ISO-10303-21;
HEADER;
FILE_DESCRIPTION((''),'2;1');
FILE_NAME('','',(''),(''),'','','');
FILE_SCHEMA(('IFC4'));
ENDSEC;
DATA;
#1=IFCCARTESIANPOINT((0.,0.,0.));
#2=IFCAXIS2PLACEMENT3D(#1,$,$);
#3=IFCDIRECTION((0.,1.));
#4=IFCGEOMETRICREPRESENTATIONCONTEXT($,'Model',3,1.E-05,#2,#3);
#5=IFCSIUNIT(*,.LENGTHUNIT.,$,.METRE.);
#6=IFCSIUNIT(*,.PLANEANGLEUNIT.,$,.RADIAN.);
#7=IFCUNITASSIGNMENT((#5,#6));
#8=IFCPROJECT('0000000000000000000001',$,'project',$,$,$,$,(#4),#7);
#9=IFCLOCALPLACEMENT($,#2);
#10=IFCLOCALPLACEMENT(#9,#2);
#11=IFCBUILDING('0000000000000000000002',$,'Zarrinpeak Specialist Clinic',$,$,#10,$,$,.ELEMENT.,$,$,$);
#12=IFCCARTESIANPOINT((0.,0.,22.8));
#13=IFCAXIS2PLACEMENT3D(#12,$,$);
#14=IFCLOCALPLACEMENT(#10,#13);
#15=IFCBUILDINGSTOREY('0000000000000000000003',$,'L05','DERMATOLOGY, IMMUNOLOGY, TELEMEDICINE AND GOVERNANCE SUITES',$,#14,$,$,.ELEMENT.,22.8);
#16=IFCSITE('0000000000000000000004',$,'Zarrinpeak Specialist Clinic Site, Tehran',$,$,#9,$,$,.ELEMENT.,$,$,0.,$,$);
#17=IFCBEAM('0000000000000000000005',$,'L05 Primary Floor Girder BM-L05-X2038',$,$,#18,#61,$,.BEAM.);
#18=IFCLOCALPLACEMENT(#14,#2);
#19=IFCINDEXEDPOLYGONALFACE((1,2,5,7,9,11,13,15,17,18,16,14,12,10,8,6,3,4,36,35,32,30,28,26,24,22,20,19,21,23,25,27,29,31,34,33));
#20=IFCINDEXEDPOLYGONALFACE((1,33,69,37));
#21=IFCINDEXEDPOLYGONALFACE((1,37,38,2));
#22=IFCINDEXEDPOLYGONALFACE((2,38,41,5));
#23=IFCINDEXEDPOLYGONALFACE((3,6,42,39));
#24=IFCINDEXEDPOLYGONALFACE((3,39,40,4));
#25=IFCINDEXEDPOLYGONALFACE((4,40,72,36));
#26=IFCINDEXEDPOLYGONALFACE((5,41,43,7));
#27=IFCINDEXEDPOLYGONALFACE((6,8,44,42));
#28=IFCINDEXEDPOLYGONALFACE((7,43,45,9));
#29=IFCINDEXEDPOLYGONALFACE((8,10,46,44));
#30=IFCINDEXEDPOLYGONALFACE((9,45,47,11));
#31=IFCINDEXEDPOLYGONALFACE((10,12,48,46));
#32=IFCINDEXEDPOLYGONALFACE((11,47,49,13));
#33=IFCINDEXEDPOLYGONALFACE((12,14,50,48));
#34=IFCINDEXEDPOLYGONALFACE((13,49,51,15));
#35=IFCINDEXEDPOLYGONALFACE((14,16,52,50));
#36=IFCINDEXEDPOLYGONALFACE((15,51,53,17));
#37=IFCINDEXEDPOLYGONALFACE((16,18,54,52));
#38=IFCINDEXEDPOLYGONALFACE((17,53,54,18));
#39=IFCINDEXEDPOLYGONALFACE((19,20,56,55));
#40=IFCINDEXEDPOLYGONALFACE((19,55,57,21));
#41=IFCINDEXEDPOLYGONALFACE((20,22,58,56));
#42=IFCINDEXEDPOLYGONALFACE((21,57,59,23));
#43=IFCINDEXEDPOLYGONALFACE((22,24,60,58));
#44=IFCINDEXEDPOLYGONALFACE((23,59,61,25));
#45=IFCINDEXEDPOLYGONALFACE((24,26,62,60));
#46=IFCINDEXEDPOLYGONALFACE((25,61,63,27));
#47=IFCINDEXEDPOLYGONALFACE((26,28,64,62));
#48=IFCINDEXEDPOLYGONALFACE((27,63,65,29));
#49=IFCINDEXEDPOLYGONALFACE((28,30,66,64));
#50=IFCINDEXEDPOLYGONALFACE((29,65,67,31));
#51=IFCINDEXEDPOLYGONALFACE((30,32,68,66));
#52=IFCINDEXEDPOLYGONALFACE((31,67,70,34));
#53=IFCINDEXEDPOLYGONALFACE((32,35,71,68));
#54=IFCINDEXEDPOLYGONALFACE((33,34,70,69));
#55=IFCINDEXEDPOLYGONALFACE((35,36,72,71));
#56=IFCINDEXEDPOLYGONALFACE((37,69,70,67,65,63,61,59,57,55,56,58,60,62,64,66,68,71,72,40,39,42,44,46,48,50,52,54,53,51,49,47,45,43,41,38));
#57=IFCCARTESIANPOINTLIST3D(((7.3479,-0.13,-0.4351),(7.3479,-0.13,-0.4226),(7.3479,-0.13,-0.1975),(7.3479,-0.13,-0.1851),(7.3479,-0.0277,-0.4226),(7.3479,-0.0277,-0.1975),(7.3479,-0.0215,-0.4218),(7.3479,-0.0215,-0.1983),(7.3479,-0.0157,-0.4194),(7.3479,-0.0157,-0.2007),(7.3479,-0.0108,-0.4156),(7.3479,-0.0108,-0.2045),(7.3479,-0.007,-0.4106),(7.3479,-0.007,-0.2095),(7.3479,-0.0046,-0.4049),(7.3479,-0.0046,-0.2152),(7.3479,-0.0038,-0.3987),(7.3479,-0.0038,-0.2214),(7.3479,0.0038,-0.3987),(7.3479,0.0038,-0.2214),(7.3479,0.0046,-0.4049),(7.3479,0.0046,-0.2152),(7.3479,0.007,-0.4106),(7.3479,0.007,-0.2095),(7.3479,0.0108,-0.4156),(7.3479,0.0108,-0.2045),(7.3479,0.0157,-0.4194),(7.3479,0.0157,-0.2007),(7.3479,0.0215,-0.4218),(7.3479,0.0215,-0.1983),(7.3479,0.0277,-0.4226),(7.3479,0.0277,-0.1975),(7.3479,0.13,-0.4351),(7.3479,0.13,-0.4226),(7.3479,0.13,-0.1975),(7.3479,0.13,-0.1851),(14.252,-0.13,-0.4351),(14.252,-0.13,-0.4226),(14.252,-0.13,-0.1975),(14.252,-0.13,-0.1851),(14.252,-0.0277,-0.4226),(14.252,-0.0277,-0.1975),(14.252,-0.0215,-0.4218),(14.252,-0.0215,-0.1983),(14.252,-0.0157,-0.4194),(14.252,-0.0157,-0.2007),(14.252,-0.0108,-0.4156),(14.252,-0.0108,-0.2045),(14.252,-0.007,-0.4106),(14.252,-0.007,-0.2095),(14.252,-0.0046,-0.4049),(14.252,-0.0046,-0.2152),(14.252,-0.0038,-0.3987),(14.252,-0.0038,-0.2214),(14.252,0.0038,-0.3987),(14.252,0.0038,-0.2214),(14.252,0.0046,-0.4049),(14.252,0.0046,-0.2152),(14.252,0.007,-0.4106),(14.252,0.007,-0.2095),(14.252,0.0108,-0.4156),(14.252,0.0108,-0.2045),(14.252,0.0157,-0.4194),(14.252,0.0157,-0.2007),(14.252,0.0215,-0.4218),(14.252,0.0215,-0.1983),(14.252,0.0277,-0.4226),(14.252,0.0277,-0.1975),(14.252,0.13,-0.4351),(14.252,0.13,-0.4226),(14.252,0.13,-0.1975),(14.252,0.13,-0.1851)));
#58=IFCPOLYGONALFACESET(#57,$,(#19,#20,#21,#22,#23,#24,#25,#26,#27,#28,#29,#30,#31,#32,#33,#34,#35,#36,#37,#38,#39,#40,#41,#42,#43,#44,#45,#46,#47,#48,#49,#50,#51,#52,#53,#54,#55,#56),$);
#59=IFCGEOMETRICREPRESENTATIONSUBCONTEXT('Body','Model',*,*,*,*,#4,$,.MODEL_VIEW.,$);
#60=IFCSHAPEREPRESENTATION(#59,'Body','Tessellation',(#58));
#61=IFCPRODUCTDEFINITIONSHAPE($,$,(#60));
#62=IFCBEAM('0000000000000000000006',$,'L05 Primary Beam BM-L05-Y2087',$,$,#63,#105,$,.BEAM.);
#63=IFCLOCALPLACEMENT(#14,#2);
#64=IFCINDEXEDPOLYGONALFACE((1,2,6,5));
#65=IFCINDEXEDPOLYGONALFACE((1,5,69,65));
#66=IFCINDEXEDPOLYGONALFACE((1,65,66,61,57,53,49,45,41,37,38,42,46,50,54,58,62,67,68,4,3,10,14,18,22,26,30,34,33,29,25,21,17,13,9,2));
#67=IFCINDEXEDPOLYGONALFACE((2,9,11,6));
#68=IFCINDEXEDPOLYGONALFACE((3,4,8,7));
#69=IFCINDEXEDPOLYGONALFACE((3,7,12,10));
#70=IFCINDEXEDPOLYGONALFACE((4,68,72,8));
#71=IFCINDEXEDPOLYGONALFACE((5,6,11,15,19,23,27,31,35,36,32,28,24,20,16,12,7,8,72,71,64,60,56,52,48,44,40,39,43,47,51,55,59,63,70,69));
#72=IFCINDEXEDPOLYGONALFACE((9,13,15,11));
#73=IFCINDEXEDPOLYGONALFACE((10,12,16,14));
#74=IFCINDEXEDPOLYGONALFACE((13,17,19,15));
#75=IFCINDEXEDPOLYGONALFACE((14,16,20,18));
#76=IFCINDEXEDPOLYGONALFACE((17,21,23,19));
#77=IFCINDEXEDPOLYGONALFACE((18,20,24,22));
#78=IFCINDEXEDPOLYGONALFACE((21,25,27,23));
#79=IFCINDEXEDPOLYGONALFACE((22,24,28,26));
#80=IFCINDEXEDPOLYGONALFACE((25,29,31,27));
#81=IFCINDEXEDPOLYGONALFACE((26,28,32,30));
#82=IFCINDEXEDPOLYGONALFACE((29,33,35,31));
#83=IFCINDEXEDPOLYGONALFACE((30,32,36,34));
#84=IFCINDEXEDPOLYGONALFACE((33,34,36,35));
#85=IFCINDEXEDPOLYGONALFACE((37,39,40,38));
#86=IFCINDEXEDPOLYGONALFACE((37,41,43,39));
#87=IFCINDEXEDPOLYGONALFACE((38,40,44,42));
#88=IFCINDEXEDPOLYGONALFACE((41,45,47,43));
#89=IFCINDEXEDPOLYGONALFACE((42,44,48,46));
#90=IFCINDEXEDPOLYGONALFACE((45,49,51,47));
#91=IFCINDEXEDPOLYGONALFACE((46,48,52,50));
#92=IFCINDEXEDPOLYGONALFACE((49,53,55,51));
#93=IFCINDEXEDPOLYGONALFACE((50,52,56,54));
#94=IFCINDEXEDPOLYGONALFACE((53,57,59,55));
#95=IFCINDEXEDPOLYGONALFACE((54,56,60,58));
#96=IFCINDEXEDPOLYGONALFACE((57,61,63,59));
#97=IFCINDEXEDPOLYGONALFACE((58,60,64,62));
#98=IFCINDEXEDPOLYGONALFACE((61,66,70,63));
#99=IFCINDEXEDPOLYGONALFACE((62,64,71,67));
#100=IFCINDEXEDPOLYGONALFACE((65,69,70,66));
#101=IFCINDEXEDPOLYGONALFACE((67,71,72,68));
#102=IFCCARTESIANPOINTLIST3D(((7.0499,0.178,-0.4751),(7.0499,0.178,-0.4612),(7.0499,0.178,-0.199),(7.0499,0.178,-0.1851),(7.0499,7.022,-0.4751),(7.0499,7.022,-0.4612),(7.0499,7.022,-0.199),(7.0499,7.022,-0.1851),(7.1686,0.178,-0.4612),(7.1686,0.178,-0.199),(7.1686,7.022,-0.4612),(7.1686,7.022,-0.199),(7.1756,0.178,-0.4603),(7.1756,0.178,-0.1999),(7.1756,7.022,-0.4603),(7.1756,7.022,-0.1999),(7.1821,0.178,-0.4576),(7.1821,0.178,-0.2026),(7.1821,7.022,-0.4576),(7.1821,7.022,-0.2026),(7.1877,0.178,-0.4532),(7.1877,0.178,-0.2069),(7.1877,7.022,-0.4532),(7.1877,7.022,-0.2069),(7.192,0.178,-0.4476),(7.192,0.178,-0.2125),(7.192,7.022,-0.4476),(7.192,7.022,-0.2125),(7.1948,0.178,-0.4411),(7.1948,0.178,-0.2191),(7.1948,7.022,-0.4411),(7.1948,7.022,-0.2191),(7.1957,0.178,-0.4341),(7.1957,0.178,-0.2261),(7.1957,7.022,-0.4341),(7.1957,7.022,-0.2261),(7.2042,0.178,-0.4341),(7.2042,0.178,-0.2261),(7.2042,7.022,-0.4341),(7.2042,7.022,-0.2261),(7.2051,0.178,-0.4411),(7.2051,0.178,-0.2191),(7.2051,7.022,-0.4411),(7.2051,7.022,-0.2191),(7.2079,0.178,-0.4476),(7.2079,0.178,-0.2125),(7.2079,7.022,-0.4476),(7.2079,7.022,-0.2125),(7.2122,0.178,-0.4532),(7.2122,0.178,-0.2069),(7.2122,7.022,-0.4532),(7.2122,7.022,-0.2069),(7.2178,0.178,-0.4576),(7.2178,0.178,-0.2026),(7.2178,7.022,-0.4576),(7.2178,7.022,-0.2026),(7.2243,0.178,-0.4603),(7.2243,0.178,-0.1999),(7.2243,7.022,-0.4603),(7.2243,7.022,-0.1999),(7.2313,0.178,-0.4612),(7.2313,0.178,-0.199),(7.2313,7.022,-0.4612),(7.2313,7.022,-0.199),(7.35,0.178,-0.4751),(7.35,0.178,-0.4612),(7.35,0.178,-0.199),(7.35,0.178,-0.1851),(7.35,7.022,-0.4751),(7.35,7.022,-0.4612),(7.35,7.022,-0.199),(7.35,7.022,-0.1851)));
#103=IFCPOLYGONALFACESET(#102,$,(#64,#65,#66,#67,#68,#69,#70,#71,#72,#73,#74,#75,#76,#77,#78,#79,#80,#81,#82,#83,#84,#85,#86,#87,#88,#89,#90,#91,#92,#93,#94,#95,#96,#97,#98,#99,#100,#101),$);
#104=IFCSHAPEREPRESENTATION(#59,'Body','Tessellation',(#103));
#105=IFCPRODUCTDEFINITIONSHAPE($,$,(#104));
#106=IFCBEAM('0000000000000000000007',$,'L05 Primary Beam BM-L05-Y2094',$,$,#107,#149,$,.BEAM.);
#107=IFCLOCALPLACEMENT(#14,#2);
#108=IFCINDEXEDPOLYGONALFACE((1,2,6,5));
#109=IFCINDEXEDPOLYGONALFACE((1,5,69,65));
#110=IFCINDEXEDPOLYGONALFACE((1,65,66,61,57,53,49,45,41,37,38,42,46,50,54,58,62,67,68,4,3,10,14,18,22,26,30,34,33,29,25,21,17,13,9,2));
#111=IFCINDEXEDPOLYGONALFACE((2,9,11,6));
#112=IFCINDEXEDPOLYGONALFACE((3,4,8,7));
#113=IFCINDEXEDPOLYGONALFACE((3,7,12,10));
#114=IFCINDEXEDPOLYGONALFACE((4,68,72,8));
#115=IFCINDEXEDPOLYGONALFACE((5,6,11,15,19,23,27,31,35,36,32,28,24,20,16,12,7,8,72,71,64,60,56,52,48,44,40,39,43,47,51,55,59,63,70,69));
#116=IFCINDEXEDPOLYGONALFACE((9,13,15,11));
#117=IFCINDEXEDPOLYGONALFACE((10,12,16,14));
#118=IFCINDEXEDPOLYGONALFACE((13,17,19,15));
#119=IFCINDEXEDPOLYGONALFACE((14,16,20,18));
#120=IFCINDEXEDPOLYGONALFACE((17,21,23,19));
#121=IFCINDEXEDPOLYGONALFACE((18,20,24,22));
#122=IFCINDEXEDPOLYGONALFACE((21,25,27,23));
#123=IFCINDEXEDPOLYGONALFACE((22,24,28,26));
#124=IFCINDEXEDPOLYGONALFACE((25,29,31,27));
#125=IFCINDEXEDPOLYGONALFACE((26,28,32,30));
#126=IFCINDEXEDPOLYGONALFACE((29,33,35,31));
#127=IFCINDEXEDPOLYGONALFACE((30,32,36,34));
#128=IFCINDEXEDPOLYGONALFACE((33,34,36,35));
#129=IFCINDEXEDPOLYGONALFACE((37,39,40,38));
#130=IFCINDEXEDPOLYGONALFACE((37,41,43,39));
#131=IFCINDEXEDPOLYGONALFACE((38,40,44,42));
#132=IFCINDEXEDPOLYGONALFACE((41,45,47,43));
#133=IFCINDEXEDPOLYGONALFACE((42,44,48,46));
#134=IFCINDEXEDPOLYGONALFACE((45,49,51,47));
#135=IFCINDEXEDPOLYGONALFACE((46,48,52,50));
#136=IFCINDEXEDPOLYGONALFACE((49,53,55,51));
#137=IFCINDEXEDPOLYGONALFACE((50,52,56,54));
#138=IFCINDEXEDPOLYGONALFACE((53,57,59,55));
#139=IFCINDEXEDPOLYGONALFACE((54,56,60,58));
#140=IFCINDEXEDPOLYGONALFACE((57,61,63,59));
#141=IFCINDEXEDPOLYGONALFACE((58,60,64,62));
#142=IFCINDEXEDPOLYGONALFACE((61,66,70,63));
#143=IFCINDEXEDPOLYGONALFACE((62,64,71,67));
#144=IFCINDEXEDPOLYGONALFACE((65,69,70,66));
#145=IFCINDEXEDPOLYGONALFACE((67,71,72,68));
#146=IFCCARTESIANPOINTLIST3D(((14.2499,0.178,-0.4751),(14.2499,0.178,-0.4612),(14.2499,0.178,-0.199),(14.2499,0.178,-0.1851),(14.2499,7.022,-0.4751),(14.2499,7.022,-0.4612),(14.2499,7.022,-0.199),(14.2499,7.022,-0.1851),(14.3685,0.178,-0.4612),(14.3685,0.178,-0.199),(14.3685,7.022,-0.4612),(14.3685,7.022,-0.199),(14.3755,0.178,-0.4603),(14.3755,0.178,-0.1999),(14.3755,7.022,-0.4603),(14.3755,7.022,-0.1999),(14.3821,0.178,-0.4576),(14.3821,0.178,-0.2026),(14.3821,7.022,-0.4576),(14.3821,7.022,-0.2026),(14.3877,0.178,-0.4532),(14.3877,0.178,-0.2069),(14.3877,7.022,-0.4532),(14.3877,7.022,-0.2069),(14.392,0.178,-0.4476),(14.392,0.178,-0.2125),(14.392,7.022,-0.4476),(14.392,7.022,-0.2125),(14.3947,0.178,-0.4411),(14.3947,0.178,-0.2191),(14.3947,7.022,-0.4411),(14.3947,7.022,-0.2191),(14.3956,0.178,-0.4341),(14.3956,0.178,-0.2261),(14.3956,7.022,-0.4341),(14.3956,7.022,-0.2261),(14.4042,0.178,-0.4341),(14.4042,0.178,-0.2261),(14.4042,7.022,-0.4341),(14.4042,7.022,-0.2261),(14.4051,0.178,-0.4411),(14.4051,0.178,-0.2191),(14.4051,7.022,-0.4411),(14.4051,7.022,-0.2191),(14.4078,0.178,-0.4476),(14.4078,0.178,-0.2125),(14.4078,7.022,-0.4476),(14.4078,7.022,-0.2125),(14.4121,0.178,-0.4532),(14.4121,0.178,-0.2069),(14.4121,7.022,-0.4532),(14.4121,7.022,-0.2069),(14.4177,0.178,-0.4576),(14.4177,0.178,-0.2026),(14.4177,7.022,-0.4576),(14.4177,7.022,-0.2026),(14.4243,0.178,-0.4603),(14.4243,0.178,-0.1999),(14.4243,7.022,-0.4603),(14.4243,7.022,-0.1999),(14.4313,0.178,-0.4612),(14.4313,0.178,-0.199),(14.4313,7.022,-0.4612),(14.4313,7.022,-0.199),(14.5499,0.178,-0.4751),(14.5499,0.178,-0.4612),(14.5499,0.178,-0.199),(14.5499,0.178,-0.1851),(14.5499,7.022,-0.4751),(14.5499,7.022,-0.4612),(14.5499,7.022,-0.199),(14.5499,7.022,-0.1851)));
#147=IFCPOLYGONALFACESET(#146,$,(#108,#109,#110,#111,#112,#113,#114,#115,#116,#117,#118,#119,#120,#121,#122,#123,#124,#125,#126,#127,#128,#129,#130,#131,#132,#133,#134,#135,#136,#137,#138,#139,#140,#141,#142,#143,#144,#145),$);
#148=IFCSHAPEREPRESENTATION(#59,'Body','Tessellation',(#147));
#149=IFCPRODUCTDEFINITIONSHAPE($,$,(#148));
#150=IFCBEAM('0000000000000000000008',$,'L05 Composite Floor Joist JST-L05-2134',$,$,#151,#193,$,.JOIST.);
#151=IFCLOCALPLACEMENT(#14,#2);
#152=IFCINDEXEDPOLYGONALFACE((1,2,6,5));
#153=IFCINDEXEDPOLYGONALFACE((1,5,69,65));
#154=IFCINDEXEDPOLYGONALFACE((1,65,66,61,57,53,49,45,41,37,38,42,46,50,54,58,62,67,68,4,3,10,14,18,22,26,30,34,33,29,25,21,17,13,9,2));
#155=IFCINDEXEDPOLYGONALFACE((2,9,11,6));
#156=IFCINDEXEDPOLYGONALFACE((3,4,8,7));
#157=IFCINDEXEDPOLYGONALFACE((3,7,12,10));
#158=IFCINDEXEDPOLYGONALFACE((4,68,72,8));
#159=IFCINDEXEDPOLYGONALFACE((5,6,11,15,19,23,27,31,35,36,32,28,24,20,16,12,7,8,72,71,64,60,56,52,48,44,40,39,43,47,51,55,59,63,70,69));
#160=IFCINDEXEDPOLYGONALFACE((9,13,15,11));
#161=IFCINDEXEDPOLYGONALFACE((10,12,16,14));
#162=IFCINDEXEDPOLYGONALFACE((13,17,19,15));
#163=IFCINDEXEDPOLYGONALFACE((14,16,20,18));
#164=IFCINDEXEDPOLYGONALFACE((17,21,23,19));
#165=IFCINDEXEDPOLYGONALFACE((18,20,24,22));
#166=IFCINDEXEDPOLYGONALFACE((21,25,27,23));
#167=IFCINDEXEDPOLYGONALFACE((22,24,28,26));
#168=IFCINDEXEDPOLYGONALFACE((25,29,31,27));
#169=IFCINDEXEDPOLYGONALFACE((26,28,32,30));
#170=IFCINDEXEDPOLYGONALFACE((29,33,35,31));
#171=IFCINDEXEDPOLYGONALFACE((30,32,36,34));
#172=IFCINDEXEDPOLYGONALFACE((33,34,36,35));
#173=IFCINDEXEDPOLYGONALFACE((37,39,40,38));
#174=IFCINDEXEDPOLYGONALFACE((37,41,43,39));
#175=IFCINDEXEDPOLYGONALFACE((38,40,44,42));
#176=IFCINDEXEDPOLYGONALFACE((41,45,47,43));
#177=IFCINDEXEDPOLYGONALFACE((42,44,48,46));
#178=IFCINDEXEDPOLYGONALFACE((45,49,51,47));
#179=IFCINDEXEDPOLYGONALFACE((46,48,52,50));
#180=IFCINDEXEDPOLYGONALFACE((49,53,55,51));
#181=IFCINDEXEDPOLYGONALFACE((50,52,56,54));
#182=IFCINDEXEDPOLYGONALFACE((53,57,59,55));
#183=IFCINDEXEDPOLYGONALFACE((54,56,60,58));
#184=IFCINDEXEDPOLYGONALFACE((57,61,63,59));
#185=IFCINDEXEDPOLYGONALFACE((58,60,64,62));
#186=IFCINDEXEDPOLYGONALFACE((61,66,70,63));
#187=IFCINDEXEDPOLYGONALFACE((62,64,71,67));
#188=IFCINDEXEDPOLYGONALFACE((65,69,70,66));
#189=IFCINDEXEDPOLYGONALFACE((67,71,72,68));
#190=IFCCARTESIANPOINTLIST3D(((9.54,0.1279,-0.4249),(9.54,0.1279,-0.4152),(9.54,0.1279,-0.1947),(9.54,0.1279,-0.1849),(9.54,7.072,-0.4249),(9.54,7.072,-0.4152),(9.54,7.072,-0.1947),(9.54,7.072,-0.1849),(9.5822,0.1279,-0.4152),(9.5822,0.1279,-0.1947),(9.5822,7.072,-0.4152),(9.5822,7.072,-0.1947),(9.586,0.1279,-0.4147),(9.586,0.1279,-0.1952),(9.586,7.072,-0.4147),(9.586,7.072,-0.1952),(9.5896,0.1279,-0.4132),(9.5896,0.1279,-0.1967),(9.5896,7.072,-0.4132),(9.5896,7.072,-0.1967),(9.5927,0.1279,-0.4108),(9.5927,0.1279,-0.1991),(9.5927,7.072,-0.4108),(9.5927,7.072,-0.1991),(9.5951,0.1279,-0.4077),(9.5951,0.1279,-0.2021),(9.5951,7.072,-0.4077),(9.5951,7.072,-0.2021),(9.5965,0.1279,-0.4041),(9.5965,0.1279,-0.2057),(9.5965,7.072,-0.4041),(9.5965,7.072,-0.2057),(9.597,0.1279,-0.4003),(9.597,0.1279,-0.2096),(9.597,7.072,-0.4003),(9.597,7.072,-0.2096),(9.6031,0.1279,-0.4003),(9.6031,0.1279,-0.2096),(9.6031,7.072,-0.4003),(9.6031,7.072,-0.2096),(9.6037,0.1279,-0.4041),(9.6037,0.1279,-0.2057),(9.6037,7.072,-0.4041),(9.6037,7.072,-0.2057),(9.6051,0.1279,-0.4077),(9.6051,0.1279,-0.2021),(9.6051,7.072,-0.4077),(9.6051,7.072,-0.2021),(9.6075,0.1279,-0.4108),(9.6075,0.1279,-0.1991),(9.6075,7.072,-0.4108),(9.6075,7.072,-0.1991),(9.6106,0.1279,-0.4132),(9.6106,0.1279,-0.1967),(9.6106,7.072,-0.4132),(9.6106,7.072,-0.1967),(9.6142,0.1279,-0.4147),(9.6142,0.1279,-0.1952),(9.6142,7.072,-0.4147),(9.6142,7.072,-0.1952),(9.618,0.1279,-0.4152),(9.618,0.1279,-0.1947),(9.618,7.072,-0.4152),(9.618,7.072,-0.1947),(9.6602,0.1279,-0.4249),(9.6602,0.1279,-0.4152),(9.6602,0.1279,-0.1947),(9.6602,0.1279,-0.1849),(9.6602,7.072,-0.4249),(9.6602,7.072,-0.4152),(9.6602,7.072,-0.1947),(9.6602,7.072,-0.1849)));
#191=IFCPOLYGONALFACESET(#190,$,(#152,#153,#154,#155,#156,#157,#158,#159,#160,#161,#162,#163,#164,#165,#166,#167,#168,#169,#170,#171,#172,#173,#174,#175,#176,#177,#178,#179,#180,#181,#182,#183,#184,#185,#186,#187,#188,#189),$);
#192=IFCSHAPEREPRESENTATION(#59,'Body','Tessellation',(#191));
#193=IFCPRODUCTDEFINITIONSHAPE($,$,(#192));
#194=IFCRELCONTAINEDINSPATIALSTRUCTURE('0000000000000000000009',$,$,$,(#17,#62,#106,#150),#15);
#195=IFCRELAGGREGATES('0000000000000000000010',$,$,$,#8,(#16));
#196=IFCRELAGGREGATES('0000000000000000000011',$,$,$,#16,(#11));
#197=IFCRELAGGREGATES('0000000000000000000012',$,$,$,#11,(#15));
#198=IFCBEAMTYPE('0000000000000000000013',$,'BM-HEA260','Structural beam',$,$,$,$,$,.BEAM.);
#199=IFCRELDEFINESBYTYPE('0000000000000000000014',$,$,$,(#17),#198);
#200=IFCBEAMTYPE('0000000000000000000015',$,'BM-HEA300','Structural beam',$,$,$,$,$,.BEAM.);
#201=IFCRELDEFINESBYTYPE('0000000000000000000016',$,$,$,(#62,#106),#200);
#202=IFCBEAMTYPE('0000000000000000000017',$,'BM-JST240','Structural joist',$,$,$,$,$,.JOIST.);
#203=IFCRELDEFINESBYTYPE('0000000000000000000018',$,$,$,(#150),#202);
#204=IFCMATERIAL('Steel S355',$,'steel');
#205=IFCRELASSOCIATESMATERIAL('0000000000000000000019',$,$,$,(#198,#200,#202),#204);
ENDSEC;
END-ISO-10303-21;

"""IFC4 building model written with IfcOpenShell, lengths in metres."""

from ifc_helpers import new_model, si_unit, direction, frame, origin, origin_2d, place, context, subcontext, project, spatial, i_section, extrude, material, material_profile, profile_set, type_object, element, save


model = new_model("IFC4")

# Units and contexts
model_context = context("Model", 3, precision=1e-05, world=origin(), true_north=direction((0.0, 1.0)))
body_context = subcontext(model_context, "Body", "Model", "MODEL_VIEW")
ifc_project = project(units=[si_unit("LENGTHUNIT", "METRE"), si_unit("PLANEANGLEUNIT", "RADIAN")], contexts=[model_context])

# Site, building, storey
site_placement = place(None, origin())
site = spatial("IfcSite", under=ifc_project, at=site_placement, Name="Zarrinpeak Specialist Clinic Site, Tehran", CompositionType="ELEMENT", RefElevation=0.0)
building_placement = place(site_placement, origin())
building = spatial("IfcBuilding", under=site, at=building_placement, Name="Zarrinpeak Specialist Clinic", CompositionType="ELEMENT")
storey_placement = place(building_placement, frame((0.0, 0.0, 22.8)))
storey = spatial("IfcBuildingStorey", under=building, at=storey_placement, Name="L05", Description="DERMATOLOGY, IMMUNOLOGY, TELEMEDICINE AND GOVERNANCE SUITES", CompositionType="ELEMENT", Elevation=22.8)

# Shared definitions
ifc_material_1 = material(Name="Steel S355", Category="steel")

# Beams
ifc_material_profile_1 = material_profile(ifc_material_1, i_section(OverallWidth=0.26, OverallDepth=0.25, WebThickness=0.0076, FlangeThickness=0.0125, FilletRadius=0.0239, at=origin_2d()), Name="HEA 260")
ifc_profile_set_1 = profile_set([ifc_material_profile_1], Name="Steel S355")
beam_type_1 = type_object("IfcBeamType", Name="BM-HEA260", Description="Structural beam", PredefinedType="BEAM", material=ifc_profile_set_1)
for number, where, z_axis, x_axis, name in (
    (1, (7.3479, 0.0, -0.3101), (1.0, 0.0, 0.0), (0.0, 1.0, 0.0), "L05 Primary Floor Girder BM-L05-X2038"),
):
    element("IfcBeam", number, at=place(storey_placement, frame(where, z_axis=z_axis, x_axis=x_axis)), inside=storey, type_object=beam_type_1, Name=name, PredefinedType="BEAM", context=body_context, shape_type="SweptSolid", body=[
        extrude(i_section(OverallWidth=0.26, OverallDepth=0.25, WebThickness=0.0076, FlangeThickness=0.0125, FilletRadius=0.0239, at=origin_2d()), origin(), (0.0, 0.0, 1.0), 6.9041),
    ])
ifc_material_profile_2 = material_profile(ifc_material_1, i_section(OverallWidth=0.3, OverallDepth=0.29, WebThickness=0.0085, FlangeThickness=0.0139, FilletRadius=0.0271, at=origin_2d()), Name="HEA 300")
ifc_profile_set_2 = profile_set([ifc_material_profile_2], Name="Steel S355")
beam_type_2 = type_object("IfcBeamType", Name="BM-HEA300", Description="Structural beam", PredefinedType="BEAM", material=ifc_profile_set_2)
for number, where, z_axis, x_axis, name in (
    (2, (7.2, 0.178, -0.3301), (0.0, 1.0, 0.0), (-1.0, 0.0, 0.0), "L05 Primary Beam BM-L05-Y2087"),
    (3, (14.3999, 0.178, -0.3301), (0.0, 1.0, 0.0), (-1.0, 0.0, 0.0), "L05 Primary Beam BM-L05-Y2094"),
):
    element("IfcBeam", number, at=place(storey_placement, frame(where, z_axis=z_axis, x_axis=x_axis)), inside=storey, type_object=beam_type_2, Name=name, PredefinedType="BEAM", context=body_context, shape_type="SweptSolid", body=[
        extrude(i_section(OverallWidth=0.3, OverallDepth=0.29, WebThickness=0.0085, FlangeThickness=0.0139, FilletRadius=0.0271, at=origin_2d()), origin(), (0.0, 0.0, 1.0), 6.844),
    ])
ifc_material_profile_3 = material_profile(ifc_material_1, i_section(OverallWidth=0.1201, OverallDepth=0.24, WebThickness=0.0061, FlangeThickness=0.0098, FilletRadius=0.0149, at=origin_2d()), Name="IPE 240")
ifc_profile_set_3 = profile_set([ifc_material_profile_3], Name="Steel S355")
beam_type_3 = type_object("IfcBeamType", Name="BM-JST240", Description="Structural joist", PredefinedType="JOIST", material=ifc_profile_set_3)
for number, where, z_axis, x_axis, name in (
    (4, (9.6001, 0.1279, -0.3049), (0.0, 1.0, 0.0), (-1.0, 0.0, 0.0), "L05 Composite Floor Joist JST-L05-2134"),
):
    element("IfcBeam", number, at=place(storey_placement, frame(where, z_axis=z_axis, x_axis=x_axis)), inside=storey, type_object=beam_type_3, Name=name, PredefinedType="JOIST", context=body_context, shape_type="SweptSolid", body=[
        extrude(i_section(OverallWidth=0.1201, OverallDepth=0.24, WebThickness=0.0061, FlangeThickness=0.0098, FilletRadius=0.0149, at=origin_2d()), origin(), (0.0, 0.0, 1.0), 6.9441),
    ])

save(model, "model.ifc")
